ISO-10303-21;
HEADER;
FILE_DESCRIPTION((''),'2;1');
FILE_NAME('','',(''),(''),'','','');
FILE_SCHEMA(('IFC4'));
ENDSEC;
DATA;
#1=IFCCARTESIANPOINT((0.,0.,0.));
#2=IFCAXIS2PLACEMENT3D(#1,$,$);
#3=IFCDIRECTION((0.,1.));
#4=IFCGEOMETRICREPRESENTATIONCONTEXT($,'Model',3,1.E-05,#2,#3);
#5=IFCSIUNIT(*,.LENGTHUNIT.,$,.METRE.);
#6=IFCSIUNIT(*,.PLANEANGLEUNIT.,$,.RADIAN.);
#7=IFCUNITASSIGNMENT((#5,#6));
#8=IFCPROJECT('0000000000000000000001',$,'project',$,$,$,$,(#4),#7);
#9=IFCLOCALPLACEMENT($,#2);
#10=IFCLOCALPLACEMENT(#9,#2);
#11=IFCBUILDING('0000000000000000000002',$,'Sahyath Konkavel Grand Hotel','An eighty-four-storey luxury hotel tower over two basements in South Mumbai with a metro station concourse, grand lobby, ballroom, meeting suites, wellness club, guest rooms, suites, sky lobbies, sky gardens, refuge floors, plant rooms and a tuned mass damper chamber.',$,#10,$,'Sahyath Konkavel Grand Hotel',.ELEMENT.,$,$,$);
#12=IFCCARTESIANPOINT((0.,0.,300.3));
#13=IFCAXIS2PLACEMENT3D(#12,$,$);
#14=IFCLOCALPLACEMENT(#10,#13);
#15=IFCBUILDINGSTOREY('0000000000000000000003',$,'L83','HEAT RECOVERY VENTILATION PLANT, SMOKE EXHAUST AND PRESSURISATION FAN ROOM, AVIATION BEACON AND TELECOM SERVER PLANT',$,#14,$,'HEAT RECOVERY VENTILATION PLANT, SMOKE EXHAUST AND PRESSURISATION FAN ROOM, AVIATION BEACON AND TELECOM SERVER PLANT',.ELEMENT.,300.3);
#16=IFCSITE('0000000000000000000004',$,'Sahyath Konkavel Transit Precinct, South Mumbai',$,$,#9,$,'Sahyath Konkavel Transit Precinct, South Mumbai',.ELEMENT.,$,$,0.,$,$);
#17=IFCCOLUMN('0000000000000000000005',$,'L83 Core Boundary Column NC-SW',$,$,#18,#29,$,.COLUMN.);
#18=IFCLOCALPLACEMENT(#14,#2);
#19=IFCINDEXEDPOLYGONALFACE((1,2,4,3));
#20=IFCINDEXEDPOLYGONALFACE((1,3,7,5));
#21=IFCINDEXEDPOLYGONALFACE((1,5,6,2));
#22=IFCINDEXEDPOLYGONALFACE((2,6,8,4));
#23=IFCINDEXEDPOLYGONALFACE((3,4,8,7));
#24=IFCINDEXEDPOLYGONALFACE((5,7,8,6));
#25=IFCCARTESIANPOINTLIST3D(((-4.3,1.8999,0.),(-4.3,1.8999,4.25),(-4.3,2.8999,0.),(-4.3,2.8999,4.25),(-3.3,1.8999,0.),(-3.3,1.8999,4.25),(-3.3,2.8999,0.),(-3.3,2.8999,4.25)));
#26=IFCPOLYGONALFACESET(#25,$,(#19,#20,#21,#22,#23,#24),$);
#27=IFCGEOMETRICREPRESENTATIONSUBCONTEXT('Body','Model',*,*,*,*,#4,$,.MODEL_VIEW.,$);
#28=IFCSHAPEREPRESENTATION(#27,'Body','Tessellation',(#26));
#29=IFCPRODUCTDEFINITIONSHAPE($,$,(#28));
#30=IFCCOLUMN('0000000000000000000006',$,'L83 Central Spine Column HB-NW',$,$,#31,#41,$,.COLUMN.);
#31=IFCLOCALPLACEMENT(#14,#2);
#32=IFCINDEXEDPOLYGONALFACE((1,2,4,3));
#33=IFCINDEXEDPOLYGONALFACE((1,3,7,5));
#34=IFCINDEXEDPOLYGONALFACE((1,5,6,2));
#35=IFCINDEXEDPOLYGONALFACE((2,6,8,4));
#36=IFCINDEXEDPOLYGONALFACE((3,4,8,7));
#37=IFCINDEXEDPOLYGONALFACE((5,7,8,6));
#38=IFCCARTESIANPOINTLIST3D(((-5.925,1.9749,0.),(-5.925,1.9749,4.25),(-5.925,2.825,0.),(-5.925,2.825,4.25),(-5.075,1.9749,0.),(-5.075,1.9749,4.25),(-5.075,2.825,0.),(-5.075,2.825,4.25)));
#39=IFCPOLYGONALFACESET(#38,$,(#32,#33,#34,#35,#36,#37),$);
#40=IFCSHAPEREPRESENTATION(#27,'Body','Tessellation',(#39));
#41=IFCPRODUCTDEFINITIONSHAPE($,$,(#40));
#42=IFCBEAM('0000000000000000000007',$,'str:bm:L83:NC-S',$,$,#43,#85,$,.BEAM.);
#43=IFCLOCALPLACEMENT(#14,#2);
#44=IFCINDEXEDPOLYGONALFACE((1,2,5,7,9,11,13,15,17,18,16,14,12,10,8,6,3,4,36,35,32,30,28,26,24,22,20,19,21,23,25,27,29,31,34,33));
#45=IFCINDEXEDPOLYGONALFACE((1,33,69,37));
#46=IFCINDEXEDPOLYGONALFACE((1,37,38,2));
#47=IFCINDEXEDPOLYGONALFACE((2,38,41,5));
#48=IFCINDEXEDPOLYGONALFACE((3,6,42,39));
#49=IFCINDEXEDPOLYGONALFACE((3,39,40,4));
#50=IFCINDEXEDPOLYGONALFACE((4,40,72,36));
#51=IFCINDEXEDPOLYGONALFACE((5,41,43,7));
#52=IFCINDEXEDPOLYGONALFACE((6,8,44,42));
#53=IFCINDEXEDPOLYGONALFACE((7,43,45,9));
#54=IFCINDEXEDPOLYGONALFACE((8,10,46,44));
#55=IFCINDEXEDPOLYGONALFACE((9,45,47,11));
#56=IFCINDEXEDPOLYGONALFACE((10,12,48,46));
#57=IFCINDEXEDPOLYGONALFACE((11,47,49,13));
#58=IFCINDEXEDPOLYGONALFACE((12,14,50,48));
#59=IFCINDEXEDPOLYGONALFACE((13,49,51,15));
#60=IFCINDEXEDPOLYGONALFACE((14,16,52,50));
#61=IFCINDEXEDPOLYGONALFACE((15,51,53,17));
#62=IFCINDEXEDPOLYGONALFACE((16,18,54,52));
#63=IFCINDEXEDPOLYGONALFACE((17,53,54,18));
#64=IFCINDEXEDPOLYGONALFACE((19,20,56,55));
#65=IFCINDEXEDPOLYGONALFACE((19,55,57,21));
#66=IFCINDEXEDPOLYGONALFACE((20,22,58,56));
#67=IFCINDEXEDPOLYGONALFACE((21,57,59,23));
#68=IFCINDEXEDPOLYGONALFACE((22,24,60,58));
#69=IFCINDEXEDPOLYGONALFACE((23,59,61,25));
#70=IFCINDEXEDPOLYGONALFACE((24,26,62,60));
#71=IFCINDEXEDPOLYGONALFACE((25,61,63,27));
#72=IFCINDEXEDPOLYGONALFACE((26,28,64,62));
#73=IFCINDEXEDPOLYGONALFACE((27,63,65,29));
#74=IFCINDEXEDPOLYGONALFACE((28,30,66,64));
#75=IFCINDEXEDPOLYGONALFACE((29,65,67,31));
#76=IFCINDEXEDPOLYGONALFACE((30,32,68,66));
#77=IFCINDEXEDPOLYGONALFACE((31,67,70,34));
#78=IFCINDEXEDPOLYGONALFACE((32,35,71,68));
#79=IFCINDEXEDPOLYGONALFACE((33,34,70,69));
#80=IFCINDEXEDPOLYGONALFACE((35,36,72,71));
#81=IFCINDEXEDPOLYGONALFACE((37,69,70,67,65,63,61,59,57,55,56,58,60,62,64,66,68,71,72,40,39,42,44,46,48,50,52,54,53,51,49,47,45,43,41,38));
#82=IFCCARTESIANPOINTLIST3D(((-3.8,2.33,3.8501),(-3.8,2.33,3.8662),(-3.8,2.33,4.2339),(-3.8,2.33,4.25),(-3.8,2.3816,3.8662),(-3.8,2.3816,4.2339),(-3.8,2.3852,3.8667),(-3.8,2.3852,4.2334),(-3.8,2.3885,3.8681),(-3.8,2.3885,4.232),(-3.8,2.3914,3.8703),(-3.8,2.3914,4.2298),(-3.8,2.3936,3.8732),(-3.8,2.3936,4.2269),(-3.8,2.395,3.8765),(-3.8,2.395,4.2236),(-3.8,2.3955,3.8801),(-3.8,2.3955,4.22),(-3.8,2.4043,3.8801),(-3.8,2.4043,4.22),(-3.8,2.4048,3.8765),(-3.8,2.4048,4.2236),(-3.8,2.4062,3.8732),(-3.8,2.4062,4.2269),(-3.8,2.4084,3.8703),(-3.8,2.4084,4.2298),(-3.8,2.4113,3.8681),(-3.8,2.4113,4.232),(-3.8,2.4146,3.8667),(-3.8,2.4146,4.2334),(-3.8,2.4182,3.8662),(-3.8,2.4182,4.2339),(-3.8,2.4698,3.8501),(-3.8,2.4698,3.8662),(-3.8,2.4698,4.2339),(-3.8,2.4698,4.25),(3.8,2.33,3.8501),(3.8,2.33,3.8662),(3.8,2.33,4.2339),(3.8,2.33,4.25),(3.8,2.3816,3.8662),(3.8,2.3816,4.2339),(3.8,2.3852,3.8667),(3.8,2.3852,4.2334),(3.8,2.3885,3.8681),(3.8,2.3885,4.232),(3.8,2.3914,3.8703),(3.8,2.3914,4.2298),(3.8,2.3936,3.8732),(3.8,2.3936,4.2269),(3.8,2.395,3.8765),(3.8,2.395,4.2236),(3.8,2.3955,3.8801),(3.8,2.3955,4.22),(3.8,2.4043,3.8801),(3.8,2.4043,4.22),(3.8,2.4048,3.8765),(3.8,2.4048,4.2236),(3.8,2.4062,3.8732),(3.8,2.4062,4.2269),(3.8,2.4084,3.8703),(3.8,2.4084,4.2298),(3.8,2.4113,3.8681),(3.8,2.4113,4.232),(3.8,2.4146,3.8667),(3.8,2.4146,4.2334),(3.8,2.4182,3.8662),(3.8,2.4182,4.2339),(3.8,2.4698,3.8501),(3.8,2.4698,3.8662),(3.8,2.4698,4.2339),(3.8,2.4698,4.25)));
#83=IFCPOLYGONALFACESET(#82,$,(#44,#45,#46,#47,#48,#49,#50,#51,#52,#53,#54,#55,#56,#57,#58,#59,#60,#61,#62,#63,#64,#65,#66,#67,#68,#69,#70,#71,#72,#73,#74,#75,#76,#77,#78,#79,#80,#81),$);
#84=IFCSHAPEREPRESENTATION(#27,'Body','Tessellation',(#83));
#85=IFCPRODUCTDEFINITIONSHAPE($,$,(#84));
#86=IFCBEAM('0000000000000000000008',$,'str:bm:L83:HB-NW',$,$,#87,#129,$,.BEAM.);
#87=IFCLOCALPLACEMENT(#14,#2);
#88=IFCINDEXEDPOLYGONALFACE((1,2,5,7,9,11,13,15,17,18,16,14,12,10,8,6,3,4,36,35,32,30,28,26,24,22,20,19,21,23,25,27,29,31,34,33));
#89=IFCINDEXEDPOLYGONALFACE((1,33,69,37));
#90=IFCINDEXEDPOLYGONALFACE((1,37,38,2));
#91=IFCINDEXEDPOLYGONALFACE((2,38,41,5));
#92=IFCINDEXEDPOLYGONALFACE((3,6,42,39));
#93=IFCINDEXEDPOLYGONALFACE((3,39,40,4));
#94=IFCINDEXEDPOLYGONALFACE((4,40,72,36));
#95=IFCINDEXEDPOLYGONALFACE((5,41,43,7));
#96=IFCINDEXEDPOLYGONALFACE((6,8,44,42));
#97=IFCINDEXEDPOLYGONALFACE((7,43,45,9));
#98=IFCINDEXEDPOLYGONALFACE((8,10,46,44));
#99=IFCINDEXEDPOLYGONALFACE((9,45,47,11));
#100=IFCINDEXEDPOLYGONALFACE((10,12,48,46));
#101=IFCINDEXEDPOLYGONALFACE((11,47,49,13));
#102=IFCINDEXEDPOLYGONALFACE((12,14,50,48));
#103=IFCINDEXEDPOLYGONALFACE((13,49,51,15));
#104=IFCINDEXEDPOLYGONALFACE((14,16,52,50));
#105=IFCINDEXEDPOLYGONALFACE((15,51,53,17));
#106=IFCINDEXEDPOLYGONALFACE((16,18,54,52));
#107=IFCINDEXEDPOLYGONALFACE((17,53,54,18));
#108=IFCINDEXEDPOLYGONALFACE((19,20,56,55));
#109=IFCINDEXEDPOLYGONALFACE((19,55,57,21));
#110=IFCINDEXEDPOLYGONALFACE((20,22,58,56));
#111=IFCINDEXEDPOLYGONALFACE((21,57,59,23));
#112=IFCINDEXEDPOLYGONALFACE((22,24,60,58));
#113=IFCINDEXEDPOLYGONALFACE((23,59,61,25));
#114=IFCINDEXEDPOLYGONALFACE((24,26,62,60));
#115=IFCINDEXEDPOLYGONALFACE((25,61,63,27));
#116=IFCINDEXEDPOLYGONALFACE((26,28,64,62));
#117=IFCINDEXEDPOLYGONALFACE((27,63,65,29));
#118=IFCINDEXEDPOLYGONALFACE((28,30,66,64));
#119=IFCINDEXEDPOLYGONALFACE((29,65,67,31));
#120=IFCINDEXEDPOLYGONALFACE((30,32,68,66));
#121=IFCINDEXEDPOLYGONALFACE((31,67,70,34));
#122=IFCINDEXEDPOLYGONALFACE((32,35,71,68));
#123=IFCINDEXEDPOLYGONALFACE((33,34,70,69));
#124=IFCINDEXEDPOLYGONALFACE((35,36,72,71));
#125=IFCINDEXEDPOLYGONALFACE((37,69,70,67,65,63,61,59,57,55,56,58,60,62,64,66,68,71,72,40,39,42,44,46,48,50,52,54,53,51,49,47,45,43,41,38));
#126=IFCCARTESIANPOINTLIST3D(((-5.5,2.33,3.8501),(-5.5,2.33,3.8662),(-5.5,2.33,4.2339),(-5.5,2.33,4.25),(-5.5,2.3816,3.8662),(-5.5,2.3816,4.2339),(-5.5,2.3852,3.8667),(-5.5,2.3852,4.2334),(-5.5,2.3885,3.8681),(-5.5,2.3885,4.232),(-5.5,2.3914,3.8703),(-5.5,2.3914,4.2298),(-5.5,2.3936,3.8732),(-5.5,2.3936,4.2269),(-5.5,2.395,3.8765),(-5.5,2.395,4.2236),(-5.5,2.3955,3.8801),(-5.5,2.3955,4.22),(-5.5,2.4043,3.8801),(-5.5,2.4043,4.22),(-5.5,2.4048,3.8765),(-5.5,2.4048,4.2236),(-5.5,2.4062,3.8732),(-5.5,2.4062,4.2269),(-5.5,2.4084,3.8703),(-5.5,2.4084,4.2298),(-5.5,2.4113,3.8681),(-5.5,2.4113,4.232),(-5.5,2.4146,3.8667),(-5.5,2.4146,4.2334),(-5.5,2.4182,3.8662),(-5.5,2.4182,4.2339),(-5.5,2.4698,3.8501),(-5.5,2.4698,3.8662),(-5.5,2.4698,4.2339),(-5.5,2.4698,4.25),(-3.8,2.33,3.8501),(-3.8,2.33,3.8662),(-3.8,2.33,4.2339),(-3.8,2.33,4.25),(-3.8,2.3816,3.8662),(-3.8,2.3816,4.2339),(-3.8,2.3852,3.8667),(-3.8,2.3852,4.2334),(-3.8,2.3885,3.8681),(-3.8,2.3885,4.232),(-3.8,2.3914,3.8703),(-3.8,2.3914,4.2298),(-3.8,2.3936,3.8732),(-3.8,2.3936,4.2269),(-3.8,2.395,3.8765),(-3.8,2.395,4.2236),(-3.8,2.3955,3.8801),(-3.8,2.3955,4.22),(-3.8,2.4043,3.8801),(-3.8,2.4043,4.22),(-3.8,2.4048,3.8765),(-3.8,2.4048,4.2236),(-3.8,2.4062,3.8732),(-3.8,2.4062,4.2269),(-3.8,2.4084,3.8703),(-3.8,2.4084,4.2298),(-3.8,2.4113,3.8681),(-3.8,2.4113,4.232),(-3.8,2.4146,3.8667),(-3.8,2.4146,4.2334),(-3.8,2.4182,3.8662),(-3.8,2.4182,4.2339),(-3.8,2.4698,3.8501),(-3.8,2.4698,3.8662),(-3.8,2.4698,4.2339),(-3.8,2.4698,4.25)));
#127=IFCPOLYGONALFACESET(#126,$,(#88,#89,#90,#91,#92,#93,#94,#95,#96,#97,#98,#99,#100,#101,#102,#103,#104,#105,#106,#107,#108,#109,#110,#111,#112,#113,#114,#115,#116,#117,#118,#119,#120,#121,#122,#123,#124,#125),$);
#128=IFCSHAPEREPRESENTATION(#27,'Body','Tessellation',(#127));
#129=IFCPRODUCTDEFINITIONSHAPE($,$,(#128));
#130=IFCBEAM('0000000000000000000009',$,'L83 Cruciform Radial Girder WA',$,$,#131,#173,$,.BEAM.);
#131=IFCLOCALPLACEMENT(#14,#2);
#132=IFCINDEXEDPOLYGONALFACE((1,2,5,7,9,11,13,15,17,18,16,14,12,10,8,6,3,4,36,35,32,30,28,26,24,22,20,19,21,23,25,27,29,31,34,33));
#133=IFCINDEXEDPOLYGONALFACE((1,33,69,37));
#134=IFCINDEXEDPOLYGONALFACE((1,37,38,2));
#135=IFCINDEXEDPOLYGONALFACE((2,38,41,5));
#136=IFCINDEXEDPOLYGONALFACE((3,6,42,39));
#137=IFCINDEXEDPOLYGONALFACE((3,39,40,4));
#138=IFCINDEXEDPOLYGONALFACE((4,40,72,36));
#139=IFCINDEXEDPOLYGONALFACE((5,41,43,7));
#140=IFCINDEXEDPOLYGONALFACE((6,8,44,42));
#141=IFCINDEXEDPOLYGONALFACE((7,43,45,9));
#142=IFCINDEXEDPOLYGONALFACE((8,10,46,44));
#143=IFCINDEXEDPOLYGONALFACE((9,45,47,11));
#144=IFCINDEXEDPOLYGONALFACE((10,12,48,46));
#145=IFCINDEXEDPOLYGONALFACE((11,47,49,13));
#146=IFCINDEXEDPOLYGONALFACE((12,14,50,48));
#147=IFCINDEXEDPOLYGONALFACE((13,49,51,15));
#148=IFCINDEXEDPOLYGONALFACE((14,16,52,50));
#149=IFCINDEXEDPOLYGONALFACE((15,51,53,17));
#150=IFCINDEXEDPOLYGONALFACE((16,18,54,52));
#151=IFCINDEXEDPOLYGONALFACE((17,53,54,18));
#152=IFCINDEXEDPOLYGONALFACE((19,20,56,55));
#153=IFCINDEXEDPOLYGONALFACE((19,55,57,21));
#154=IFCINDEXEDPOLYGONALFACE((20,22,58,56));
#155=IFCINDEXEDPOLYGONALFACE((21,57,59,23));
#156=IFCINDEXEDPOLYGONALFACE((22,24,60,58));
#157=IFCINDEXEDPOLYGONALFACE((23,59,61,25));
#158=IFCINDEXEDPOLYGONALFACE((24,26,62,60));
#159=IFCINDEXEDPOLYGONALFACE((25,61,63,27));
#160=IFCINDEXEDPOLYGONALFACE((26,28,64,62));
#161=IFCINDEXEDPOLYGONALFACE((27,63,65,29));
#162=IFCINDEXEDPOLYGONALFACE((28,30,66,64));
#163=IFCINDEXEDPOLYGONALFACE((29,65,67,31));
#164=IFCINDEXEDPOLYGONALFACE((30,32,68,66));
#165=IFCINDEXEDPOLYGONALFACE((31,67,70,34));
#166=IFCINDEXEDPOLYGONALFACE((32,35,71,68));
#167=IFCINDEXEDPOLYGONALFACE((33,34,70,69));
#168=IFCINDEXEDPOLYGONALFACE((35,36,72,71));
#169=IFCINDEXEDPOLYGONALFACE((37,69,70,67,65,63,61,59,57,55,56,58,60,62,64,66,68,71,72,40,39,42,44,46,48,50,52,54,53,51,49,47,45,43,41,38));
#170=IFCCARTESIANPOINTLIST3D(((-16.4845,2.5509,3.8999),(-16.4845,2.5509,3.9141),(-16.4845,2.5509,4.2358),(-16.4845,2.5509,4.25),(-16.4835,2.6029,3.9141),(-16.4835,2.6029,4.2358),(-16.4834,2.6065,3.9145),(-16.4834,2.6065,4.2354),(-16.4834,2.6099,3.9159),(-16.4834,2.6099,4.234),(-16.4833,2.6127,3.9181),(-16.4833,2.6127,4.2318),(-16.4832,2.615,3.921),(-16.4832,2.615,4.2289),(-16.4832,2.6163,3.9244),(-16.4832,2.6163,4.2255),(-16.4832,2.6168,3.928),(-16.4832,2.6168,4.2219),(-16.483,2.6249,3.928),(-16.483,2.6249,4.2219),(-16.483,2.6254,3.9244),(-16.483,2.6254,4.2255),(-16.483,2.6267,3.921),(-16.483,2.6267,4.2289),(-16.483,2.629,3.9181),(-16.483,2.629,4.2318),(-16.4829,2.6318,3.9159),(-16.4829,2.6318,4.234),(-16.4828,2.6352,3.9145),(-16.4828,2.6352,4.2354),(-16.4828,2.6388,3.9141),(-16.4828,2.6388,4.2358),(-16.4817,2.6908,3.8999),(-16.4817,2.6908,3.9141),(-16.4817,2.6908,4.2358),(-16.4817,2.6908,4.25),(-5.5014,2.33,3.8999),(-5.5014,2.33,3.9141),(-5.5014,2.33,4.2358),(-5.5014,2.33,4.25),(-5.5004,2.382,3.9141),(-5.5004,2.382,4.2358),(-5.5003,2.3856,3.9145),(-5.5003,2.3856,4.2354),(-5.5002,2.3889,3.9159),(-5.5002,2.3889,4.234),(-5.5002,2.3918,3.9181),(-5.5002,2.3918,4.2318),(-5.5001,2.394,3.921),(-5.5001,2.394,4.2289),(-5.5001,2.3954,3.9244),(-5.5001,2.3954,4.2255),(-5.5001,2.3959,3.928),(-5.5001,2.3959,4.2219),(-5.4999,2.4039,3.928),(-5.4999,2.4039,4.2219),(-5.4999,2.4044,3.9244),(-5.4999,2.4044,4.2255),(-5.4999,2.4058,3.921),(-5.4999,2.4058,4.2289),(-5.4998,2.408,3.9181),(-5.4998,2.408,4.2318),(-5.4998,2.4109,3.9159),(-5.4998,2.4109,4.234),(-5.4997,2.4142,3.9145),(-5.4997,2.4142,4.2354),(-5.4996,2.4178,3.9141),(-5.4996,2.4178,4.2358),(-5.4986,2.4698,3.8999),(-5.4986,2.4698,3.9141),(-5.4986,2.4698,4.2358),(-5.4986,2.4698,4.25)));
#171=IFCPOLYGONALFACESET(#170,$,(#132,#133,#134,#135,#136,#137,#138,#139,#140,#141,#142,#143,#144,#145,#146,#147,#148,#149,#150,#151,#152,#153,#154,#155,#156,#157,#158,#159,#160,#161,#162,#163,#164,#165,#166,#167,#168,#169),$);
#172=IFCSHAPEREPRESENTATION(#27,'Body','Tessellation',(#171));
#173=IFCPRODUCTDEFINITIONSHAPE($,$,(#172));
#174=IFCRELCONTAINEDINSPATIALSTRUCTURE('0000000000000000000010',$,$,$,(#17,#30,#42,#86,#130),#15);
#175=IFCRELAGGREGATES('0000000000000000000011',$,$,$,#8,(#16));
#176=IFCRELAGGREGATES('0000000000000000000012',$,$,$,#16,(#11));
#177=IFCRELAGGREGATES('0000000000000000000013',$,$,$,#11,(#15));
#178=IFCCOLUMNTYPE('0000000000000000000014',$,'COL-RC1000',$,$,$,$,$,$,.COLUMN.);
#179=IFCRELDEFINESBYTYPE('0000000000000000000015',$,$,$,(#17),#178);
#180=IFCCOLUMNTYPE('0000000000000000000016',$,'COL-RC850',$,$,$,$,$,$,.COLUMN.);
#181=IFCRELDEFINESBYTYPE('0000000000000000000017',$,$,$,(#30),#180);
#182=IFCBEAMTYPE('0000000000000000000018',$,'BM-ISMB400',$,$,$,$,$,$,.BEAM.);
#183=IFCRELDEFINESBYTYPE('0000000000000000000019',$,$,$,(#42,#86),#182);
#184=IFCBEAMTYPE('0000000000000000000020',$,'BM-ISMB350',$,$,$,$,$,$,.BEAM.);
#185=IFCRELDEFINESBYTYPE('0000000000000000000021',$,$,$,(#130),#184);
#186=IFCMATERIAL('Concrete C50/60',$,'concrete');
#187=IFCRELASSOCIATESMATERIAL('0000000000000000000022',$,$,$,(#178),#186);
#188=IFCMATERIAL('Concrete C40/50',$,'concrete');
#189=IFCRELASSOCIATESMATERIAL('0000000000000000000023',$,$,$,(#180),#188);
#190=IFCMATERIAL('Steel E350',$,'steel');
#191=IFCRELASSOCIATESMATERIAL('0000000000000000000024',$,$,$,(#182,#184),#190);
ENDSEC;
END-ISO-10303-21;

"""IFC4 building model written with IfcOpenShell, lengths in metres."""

from ifc_helpers import new_model, si_unit, direction, frame, origin, origin_2d, place, context, subcontext, project, spatial, rectangle, i_section, extrude, source, transform, mapped, material, material_profile, profile_set, type_object, element, save


model = new_model("IFC4")

# Units and contexts
model_context = context("Model", 3, precision=1e-05, world=origin(), true_north=direction((0.0, 1.0)))
body_context = subcontext(model_context, "Body", "Model", "MODEL_VIEW")
ifc_project = project(units=[si_unit("LENGTHUNIT", "METRE"), si_unit("PLANEANGLEUNIT", "RADIAN")], contexts=[model_context])

# Site, building, storey
site_placement = place(None, origin())
site = spatial("IfcSite", under=ifc_project, at=site_placement, Name="Sahyath Konkavel Transit Precinct, South Mumbai", LongName="Sahyath Konkavel Transit Precinct, South Mumbai", CompositionType="ELEMENT", RefElevation=0.0)
building_placement = place(site_placement, origin())
building = spatial("IfcBuilding", under=site, at=building_placement, Name="Sahyath Konkavel Grand Hotel", Description="An eighty-four-storey luxury hotel tower over two basements in South Mumbai with a metro station concourse, grand lobby, ballroom, meeting suites, wellness club, guest rooms, suites, sky lobbies, sky gardens, refuge floors, plant rooms and a tuned mass damper chamber.", LongName="Sahyath Konkavel Grand Hotel", CompositionType="ELEMENT")
storey_placement = place(building_placement, frame((0.0, 0.0, 300.3)))
storey = spatial("IfcBuildingStorey", under=building, at=storey_placement, Name="L83", Description="HEAT RECOVERY VENTILATION PLANT, SMOKE EXHAUST AND PRESSURISATION FAN ROOM, AVIATION BEACON AND TELECOM SERVER PLANT", LongName="HEAT RECOVERY VENTILATION PLANT, SMOKE EXHAUST AND PRESSURISATION FAN ROOM, AVIATION BEACON AND TELECOM SERVER PLANT", CompositionType="ELEMENT", Elevation=300.3)

# Columns
ifc_material_1 = material(Name="Concrete C50/60", Category="concrete")
ifc_material_profile_1 = material_profile(ifc_material_1, rectangle(XDim=1.0, YDim=1.0, at=origin_2d()), Name="RC 1000x1000")
ifc_profile_set_1 = profile_set([ifc_material_profile_1], Name="Concrete C50/60")
column_type_1 = type_object("IfcColumnType", Name="COL-RC1000", PredefinedType="COLUMN", material=ifc_profile_set_1)
shared_shape_1 = source(origin(), body_context, "Body", "SweptSolid", [
    extrude(rectangle(XDim=1.0, YDim=1.0, at=origin_2d()), origin(), (0.0, 0.0, 1.0), 4.25),
])
column_1_placement = place(storey_placement, frame((-3.8, 2.3999, 0.0), z_axis=(0.0, 0.0, 1.0), x_axis=(1.0, 0.0, 0.0)))
element("IfcColumn", 1, at=column_1_placement, inside=storey, type_object=column_type_1, Name="L83 Core Boundary Column NC-SW", PredefinedType="COLUMN", context=body_context, shape_type="MappedRepresentation", body=[
    mapped(shared_shape_1, transform((0.0, 0.0, 0.0), scale=1.0)),
])
ifc_material_2 = material(Name="Concrete C40/50", Category="concrete")
ifc_material_profile_2 = material_profile(ifc_material_2, rectangle(XDim=0.8501, YDim=0.8501, at=origin_2d()), Name="RC 850x850")
ifc_profile_set_2 = profile_set([ifc_material_profile_2], Name="Concrete C40/50")
column_type_2 = type_object("IfcColumnType", Name="COL-RC850", PredefinedType="COLUMN", material=ifc_profile_set_2)
shared_shape_2 = source(origin(), body_context, "Body", "SweptSolid", [
    extrude(rectangle(XDim=0.8501, YDim=0.8501, at=origin_2d()), origin(), (0.0, 0.0, 1.0), 4.25),
])
column_2_placement = place(storey_placement, frame((-5.5, 2.3999, 0.0), z_axis=(0.0, 0.0, 1.0), x_axis=(1.0, 0.0, 0.0)))
element("IfcColumn", 2, at=column_2_placement, inside=storey, type_object=column_type_2, Name="L83 Central Spine Column HB-NW", PredefinedType="COLUMN", context=body_context, shape_type="MappedRepresentation", body=[
    mapped(shared_shape_2, transform((0.0, 0.0, 0.0), scale=1.0)),
])

# Beams
ifc_material_3 = material(Name="Steel E350", Category="steel")
ifc_material_profile_3 = material_profile(ifc_material_3, i_section(OverallWidth=0.1399, OverallDepth=0.3999, WebThickness=0.0088, FlangeThickness=0.0161, FilletRadius=0.0139, at=origin_2d()), Name="ISMB 400")
ifc_profile_set_3 = profile_set([ifc_material_profile_3], Name="Steel E350")
beam_type_1 = type_object("IfcBeamType", Name="BM-ISMB400", PredefinedType="BEAM", material=ifc_profile_set_3)
shared_shape_3 = source(origin(), body_context, "Body", "SweptSolid", [
    extrude(i_section(OverallWidth=0.1399, OverallDepth=0.3999, WebThickness=0.0088, FlangeThickness=0.0161, FilletRadius=0.0139, at=origin_2d()), origin(), (0.0, 0.0, 1.0), 7.6001),
])
beam_1_placement = place(storey_placement, frame((-3.8, 2.3999, 4.05), z_axis=(1.0, 0.0, 0.0), x_axis=(0.0, 1.0, 0.0)))
element("IfcBeam", 3, at=beam_1_placement, inside=storey, type_object=beam_type_1, Name="str:bm:L83:NC-S", PredefinedType="BEAM", context=body_context, shape_type="MappedRepresentation", body=[
    mapped(shared_shape_3, transform((0.0, 0.0, 0.0), scale=1.0)),
])
shared_shape_4 = source(origin(), body_context, "Body", "SweptSolid", [
    extrude(i_section(OverallWidth=0.1399, OverallDepth=0.3999, WebThickness=0.0088, FlangeThickness=0.0161, FilletRadius=0.0139, at=origin_2d()), origin(), (0.0, 0.0, 1.0), 1.7),
])
beam_2_placement = place(storey_placement, frame((-5.5, 2.3999, 4.05), z_axis=(1.0, 0.0, 0.0), x_axis=(0.0, 1.0, 0.0)))
element("IfcBeam", 4, at=beam_2_placement, inside=storey, type_object=beam_type_1, Name="str:bm:L83:HB-NW", PredefinedType="BEAM", context=body_context, shape_type="MappedRepresentation", body=[
    mapped(shared_shape_4, transform((0.0, 0.0, 0.0), scale=1.0)),
])
ifc_material_profile_4 = material_profile(ifc_material_3, i_section(OverallWidth=0.1399, OverallDepth=0.3501, WebThickness=0.0081, FlangeThickness=0.0142, FilletRadius=0.0139, at=origin_2d()), Name="ISMB 350")
ifc_profile_set_4 = profile_set([ifc_material_profile_4], Name="Steel E350")
beam_type_2 = type_object("IfcBeamType", Name="BM-ISMB350", PredefinedType="BEAM", material=ifc_profile_set_4)
shared_shape_5 = source(origin(), body_context, "Body", "SweptSolid", [
    extrude(i_section(OverallWidth=0.1399, OverallDepth=0.3501, WebThickness=0.0081, FlangeThickness=0.0142, FilletRadius=0.0139, at=origin_2d()), origin(), (0.0, 0.0, 1.0), 10.9854),
])
beam_3_placement = place(storey_placement, frame((-5.5, 2.3999, 4.075), z_axis=(-0.999798, 0.020113, 0.0), x_axis=(-0.020113, -0.999798, 0.0)))
element("IfcBeam", 5, at=beam_3_placement, inside=storey, type_object=beam_type_2, Name="L83 Cruciform Radial Girder WA", PredefinedType="BEAM", context=body_context, shape_type="MappedRepresentation", body=[
    mapped(shared_shape_5, transform((0.0, 0.0, 0.0), scale=1.0)),
])

save(model, "model.ifc")
